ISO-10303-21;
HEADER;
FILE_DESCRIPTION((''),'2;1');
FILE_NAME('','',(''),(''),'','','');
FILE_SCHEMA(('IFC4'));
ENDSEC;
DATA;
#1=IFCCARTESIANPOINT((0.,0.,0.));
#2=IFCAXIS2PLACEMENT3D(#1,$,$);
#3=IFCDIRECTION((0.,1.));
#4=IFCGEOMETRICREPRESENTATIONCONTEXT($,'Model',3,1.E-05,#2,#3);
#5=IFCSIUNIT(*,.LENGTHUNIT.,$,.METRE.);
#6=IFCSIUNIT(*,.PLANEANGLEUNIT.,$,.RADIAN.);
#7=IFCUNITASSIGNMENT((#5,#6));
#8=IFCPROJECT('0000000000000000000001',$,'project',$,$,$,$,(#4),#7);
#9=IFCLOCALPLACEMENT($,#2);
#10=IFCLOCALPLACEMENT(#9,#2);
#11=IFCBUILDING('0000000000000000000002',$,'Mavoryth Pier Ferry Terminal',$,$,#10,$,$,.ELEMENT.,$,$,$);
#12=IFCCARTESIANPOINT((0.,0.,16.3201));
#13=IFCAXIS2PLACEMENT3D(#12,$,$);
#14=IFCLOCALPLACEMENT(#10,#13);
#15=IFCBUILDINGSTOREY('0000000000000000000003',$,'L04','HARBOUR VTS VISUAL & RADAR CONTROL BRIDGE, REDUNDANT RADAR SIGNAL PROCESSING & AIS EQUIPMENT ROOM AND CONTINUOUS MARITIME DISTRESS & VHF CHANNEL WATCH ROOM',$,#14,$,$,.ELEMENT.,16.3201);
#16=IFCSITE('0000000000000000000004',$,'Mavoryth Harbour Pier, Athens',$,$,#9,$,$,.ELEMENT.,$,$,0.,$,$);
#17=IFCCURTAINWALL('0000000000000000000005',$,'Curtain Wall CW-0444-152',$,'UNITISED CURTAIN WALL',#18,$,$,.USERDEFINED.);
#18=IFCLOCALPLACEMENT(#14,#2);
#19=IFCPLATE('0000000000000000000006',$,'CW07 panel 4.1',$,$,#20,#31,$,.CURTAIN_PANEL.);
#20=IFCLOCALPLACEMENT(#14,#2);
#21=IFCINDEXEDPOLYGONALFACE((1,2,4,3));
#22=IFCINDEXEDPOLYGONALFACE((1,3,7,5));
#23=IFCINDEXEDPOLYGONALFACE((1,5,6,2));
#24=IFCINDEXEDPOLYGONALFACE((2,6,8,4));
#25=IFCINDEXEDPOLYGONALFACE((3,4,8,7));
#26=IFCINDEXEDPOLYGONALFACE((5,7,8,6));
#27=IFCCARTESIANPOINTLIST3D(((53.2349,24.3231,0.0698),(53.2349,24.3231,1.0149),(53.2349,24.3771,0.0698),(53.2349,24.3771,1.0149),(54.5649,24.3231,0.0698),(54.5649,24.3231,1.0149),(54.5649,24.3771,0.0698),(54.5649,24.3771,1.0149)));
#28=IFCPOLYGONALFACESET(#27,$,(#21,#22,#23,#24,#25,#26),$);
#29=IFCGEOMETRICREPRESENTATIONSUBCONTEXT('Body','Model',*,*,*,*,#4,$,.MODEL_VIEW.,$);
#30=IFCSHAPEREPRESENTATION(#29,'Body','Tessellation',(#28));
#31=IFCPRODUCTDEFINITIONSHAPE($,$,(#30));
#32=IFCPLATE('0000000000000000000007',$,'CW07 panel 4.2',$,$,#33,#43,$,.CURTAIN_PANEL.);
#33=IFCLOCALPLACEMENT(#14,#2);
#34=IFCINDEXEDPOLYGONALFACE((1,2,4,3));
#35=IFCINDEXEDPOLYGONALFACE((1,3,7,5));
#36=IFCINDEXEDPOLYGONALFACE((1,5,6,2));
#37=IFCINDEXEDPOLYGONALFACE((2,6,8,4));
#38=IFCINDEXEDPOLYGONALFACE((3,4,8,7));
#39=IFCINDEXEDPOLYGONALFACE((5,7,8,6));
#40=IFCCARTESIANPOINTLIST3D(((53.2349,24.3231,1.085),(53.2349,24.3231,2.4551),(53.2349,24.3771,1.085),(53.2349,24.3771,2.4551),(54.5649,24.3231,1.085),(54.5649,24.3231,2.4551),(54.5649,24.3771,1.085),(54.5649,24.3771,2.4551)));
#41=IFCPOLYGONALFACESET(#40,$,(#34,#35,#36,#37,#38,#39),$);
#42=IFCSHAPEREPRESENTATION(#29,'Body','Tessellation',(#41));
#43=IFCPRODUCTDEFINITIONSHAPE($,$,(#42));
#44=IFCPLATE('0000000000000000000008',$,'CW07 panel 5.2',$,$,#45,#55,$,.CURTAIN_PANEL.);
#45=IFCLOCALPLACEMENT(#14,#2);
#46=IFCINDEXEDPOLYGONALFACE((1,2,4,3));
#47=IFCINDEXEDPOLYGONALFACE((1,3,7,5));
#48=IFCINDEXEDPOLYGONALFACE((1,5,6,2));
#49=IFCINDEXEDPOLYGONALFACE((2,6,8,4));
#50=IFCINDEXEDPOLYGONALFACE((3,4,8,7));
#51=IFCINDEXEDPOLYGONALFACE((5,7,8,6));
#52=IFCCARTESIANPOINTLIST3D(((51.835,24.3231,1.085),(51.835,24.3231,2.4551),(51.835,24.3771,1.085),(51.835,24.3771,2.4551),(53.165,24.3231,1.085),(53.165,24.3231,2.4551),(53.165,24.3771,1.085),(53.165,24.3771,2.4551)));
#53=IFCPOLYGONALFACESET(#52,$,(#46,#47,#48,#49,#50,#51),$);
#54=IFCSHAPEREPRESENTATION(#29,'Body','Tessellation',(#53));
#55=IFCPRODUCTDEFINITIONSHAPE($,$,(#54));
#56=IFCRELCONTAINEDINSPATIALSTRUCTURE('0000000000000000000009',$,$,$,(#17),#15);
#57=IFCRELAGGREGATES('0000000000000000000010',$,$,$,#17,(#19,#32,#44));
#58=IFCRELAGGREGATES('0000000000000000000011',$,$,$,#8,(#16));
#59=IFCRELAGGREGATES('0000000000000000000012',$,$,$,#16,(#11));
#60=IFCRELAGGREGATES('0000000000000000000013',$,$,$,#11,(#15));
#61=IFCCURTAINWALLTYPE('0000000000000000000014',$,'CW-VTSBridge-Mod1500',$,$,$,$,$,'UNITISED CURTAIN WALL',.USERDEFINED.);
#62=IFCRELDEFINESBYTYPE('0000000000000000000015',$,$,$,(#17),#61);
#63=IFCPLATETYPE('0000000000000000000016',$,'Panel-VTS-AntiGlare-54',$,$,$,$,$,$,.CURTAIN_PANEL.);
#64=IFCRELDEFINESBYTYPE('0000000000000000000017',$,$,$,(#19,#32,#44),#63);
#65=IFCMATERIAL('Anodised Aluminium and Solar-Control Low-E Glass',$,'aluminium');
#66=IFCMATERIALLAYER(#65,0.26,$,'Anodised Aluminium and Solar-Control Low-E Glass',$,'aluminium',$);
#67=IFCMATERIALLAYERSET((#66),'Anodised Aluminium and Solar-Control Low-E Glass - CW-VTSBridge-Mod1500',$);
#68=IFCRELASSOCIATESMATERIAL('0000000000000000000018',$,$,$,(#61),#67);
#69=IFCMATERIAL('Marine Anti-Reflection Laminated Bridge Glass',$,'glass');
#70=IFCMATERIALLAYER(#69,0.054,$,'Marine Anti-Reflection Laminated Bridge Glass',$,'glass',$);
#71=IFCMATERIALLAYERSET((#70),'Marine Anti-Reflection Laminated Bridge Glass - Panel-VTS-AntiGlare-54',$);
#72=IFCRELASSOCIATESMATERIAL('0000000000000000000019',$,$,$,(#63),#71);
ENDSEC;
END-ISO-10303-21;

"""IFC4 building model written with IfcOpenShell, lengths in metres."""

from ifc_helpers import new_model, si_unit, direction, frame, origin, origin_2d, place, context, subcontext, project, spatial, rectangle, extrude, material, layer, layer_set, type_object, element, aggregate, save


model = new_model("IFC4")

# Units and contexts
model_context = context("Model", 3, precision=1e-05, world=origin(), true_north=direction((0.0, 1.0)))
body_context = subcontext(model_context, "Body", "Model", "MODEL_VIEW")
ifc_project = project(units=[si_unit("LENGTHUNIT", "METRE"), si_unit("PLANEANGLEUNIT", "RADIAN")], contexts=[model_context])

# Site, building, storey
site_placement = place(None, origin())
site = spatial("IfcSite", under=ifc_project, at=site_placement, Name="Mavoryth Harbour Pier, Athens", CompositionType="ELEMENT", RefElevation=0.0)
building_placement = place(site_placement, origin())
building = spatial("IfcBuilding", under=site, at=building_placement, Name="Mavoryth Pier Ferry Terminal", CompositionType="ELEMENT")
storey_placement = place(building_placement, frame((0.0, 0.0, 16.3201)))
storey = spatial("IfcBuildingStorey", under=building, at=storey_placement, Name="L04", Description="HARBOUR VTS VISUAL & RADAR CONTROL BRIDGE, REDUNDANT RADAR SIGNAL PROCESSING & AIS EQUIPMENT ROOM AND CONTINUOUS MARITIME DISTRESS & VHF CHANNEL WATCH ROOM", CompositionType="ELEMENT", Elevation=16.3201)

# Curtain wall
ifc_material_1 = material(Name="Anodised Aluminium and Solar-Control Low-E Glass", Category="aluminium")
ifc_layer_1 = layer(ifc_material_1, 0.26, Name="Anodised Aluminium and Solar-Control Low-E Glass", Category="aluminium")
ifc_layer_set_1 = layer_set([ifc_layer_1], Name="Anodised Aluminium and Solar-Control Low-E Glass - CW-VTSBridge-Mod1500")
curtain_wall_type = type_object("IfcCurtainWallType", Name="CW-VTSBridge-Mod1500", ElementType="UNITISED CURTAIN WALL", PredefinedType="USERDEFINED", material=ifc_layer_set_1)
curtain_wall_placement = place(storey_placement, origin())
curtain_wall = element("IfcCurtainWall", 1, at=curtain_wall_placement, inside=storey, type_object=curtain_wall_type, Name="Curtain Wall CW-0444-152", ObjectType="UNITISED CURTAIN WALL", PredefinedType="USERDEFINED")

# Plates
ifc_material_2 = material(Name="Marine Anti-Reflection Laminated Bridge Glass", Category="glass")
ifc_layer_2 = layer(ifc_material_2, 0.054, Name="Marine Anti-Reflection Laminated Bridge Glass", Category="glass")
ifc_layer_set_2 = layer_set([ifc_layer_2], Name="Marine Anti-Reflection Laminated Bridge Glass - Panel-VTS-AntiGlare-54")
plate_type = type_object("IfcPlateType", Name="Panel-VTS-AntiGlare-54", PredefinedType="CURTAIN_PANEL", material=ifc_layer_set_2)
plate_1_placement = place(storey_placement, frame((53.8999, 24.3501, 0.0698), z_axis=(0.0, 0.0, 1.0), x_axis=(-1.0, 0.0, 0.0)))
plate_1 = element("IfcPlate", 2, at=plate_1_placement, type_object=plate_type, Name="CW07 panel 4.1", PredefinedType="CURTAIN_PANEL", context=body_context, shape_type="SweptSolid", body=[
    extrude(rectangle(XDim=1.3301, YDim=0.054, at=origin_2d()), origin(), (0.0, 0.0, 1.0), 0.9451),
])
plate_2_placement = place(storey_placement, frame((53.8999, 24.3501, 1.085), z_axis=(0.0, 0.0, 1.0), x_axis=(-1.0, 0.0, 0.0)))
plate_2 = element("IfcPlate", 3, at=plate_2_placement, type_object=plate_type, Name="CW07 panel 4.2", PredefinedType="CURTAIN_PANEL", context=body_context, shape_type="SweptSolid", body=[
    extrude(rectangle(XDim=1.3301, YDim=0.054, at=origin_2d()), origin(), (0.0, 0.0, 1.0), 1.3701),
])
plate_3_placement = place(storey_placement, frame((52.5, 24.3501, 1.085), z_axis=(0.0, 0.0, 1.0), x_axis=(-1.0, 0.0, 0.0)))
plate_3 = element("IfcPlate", 4, at=plate_3_placement, type_object=plate_type, Name="CW07 panel 5.2", PredefinedType="CURTAIN_PANEL", context=body_context, shape_type="SweptSolid", body=[
    extrude(rectangle(XDim=1.3301, YDim=0.054, at=origin_2d()), origin(), (0.0, 0.0, 1.0), 1.3701),
])
aggregate(curtain_wall, [plate_1, plate_2, plate_3])

save(model, "model.ifc")
